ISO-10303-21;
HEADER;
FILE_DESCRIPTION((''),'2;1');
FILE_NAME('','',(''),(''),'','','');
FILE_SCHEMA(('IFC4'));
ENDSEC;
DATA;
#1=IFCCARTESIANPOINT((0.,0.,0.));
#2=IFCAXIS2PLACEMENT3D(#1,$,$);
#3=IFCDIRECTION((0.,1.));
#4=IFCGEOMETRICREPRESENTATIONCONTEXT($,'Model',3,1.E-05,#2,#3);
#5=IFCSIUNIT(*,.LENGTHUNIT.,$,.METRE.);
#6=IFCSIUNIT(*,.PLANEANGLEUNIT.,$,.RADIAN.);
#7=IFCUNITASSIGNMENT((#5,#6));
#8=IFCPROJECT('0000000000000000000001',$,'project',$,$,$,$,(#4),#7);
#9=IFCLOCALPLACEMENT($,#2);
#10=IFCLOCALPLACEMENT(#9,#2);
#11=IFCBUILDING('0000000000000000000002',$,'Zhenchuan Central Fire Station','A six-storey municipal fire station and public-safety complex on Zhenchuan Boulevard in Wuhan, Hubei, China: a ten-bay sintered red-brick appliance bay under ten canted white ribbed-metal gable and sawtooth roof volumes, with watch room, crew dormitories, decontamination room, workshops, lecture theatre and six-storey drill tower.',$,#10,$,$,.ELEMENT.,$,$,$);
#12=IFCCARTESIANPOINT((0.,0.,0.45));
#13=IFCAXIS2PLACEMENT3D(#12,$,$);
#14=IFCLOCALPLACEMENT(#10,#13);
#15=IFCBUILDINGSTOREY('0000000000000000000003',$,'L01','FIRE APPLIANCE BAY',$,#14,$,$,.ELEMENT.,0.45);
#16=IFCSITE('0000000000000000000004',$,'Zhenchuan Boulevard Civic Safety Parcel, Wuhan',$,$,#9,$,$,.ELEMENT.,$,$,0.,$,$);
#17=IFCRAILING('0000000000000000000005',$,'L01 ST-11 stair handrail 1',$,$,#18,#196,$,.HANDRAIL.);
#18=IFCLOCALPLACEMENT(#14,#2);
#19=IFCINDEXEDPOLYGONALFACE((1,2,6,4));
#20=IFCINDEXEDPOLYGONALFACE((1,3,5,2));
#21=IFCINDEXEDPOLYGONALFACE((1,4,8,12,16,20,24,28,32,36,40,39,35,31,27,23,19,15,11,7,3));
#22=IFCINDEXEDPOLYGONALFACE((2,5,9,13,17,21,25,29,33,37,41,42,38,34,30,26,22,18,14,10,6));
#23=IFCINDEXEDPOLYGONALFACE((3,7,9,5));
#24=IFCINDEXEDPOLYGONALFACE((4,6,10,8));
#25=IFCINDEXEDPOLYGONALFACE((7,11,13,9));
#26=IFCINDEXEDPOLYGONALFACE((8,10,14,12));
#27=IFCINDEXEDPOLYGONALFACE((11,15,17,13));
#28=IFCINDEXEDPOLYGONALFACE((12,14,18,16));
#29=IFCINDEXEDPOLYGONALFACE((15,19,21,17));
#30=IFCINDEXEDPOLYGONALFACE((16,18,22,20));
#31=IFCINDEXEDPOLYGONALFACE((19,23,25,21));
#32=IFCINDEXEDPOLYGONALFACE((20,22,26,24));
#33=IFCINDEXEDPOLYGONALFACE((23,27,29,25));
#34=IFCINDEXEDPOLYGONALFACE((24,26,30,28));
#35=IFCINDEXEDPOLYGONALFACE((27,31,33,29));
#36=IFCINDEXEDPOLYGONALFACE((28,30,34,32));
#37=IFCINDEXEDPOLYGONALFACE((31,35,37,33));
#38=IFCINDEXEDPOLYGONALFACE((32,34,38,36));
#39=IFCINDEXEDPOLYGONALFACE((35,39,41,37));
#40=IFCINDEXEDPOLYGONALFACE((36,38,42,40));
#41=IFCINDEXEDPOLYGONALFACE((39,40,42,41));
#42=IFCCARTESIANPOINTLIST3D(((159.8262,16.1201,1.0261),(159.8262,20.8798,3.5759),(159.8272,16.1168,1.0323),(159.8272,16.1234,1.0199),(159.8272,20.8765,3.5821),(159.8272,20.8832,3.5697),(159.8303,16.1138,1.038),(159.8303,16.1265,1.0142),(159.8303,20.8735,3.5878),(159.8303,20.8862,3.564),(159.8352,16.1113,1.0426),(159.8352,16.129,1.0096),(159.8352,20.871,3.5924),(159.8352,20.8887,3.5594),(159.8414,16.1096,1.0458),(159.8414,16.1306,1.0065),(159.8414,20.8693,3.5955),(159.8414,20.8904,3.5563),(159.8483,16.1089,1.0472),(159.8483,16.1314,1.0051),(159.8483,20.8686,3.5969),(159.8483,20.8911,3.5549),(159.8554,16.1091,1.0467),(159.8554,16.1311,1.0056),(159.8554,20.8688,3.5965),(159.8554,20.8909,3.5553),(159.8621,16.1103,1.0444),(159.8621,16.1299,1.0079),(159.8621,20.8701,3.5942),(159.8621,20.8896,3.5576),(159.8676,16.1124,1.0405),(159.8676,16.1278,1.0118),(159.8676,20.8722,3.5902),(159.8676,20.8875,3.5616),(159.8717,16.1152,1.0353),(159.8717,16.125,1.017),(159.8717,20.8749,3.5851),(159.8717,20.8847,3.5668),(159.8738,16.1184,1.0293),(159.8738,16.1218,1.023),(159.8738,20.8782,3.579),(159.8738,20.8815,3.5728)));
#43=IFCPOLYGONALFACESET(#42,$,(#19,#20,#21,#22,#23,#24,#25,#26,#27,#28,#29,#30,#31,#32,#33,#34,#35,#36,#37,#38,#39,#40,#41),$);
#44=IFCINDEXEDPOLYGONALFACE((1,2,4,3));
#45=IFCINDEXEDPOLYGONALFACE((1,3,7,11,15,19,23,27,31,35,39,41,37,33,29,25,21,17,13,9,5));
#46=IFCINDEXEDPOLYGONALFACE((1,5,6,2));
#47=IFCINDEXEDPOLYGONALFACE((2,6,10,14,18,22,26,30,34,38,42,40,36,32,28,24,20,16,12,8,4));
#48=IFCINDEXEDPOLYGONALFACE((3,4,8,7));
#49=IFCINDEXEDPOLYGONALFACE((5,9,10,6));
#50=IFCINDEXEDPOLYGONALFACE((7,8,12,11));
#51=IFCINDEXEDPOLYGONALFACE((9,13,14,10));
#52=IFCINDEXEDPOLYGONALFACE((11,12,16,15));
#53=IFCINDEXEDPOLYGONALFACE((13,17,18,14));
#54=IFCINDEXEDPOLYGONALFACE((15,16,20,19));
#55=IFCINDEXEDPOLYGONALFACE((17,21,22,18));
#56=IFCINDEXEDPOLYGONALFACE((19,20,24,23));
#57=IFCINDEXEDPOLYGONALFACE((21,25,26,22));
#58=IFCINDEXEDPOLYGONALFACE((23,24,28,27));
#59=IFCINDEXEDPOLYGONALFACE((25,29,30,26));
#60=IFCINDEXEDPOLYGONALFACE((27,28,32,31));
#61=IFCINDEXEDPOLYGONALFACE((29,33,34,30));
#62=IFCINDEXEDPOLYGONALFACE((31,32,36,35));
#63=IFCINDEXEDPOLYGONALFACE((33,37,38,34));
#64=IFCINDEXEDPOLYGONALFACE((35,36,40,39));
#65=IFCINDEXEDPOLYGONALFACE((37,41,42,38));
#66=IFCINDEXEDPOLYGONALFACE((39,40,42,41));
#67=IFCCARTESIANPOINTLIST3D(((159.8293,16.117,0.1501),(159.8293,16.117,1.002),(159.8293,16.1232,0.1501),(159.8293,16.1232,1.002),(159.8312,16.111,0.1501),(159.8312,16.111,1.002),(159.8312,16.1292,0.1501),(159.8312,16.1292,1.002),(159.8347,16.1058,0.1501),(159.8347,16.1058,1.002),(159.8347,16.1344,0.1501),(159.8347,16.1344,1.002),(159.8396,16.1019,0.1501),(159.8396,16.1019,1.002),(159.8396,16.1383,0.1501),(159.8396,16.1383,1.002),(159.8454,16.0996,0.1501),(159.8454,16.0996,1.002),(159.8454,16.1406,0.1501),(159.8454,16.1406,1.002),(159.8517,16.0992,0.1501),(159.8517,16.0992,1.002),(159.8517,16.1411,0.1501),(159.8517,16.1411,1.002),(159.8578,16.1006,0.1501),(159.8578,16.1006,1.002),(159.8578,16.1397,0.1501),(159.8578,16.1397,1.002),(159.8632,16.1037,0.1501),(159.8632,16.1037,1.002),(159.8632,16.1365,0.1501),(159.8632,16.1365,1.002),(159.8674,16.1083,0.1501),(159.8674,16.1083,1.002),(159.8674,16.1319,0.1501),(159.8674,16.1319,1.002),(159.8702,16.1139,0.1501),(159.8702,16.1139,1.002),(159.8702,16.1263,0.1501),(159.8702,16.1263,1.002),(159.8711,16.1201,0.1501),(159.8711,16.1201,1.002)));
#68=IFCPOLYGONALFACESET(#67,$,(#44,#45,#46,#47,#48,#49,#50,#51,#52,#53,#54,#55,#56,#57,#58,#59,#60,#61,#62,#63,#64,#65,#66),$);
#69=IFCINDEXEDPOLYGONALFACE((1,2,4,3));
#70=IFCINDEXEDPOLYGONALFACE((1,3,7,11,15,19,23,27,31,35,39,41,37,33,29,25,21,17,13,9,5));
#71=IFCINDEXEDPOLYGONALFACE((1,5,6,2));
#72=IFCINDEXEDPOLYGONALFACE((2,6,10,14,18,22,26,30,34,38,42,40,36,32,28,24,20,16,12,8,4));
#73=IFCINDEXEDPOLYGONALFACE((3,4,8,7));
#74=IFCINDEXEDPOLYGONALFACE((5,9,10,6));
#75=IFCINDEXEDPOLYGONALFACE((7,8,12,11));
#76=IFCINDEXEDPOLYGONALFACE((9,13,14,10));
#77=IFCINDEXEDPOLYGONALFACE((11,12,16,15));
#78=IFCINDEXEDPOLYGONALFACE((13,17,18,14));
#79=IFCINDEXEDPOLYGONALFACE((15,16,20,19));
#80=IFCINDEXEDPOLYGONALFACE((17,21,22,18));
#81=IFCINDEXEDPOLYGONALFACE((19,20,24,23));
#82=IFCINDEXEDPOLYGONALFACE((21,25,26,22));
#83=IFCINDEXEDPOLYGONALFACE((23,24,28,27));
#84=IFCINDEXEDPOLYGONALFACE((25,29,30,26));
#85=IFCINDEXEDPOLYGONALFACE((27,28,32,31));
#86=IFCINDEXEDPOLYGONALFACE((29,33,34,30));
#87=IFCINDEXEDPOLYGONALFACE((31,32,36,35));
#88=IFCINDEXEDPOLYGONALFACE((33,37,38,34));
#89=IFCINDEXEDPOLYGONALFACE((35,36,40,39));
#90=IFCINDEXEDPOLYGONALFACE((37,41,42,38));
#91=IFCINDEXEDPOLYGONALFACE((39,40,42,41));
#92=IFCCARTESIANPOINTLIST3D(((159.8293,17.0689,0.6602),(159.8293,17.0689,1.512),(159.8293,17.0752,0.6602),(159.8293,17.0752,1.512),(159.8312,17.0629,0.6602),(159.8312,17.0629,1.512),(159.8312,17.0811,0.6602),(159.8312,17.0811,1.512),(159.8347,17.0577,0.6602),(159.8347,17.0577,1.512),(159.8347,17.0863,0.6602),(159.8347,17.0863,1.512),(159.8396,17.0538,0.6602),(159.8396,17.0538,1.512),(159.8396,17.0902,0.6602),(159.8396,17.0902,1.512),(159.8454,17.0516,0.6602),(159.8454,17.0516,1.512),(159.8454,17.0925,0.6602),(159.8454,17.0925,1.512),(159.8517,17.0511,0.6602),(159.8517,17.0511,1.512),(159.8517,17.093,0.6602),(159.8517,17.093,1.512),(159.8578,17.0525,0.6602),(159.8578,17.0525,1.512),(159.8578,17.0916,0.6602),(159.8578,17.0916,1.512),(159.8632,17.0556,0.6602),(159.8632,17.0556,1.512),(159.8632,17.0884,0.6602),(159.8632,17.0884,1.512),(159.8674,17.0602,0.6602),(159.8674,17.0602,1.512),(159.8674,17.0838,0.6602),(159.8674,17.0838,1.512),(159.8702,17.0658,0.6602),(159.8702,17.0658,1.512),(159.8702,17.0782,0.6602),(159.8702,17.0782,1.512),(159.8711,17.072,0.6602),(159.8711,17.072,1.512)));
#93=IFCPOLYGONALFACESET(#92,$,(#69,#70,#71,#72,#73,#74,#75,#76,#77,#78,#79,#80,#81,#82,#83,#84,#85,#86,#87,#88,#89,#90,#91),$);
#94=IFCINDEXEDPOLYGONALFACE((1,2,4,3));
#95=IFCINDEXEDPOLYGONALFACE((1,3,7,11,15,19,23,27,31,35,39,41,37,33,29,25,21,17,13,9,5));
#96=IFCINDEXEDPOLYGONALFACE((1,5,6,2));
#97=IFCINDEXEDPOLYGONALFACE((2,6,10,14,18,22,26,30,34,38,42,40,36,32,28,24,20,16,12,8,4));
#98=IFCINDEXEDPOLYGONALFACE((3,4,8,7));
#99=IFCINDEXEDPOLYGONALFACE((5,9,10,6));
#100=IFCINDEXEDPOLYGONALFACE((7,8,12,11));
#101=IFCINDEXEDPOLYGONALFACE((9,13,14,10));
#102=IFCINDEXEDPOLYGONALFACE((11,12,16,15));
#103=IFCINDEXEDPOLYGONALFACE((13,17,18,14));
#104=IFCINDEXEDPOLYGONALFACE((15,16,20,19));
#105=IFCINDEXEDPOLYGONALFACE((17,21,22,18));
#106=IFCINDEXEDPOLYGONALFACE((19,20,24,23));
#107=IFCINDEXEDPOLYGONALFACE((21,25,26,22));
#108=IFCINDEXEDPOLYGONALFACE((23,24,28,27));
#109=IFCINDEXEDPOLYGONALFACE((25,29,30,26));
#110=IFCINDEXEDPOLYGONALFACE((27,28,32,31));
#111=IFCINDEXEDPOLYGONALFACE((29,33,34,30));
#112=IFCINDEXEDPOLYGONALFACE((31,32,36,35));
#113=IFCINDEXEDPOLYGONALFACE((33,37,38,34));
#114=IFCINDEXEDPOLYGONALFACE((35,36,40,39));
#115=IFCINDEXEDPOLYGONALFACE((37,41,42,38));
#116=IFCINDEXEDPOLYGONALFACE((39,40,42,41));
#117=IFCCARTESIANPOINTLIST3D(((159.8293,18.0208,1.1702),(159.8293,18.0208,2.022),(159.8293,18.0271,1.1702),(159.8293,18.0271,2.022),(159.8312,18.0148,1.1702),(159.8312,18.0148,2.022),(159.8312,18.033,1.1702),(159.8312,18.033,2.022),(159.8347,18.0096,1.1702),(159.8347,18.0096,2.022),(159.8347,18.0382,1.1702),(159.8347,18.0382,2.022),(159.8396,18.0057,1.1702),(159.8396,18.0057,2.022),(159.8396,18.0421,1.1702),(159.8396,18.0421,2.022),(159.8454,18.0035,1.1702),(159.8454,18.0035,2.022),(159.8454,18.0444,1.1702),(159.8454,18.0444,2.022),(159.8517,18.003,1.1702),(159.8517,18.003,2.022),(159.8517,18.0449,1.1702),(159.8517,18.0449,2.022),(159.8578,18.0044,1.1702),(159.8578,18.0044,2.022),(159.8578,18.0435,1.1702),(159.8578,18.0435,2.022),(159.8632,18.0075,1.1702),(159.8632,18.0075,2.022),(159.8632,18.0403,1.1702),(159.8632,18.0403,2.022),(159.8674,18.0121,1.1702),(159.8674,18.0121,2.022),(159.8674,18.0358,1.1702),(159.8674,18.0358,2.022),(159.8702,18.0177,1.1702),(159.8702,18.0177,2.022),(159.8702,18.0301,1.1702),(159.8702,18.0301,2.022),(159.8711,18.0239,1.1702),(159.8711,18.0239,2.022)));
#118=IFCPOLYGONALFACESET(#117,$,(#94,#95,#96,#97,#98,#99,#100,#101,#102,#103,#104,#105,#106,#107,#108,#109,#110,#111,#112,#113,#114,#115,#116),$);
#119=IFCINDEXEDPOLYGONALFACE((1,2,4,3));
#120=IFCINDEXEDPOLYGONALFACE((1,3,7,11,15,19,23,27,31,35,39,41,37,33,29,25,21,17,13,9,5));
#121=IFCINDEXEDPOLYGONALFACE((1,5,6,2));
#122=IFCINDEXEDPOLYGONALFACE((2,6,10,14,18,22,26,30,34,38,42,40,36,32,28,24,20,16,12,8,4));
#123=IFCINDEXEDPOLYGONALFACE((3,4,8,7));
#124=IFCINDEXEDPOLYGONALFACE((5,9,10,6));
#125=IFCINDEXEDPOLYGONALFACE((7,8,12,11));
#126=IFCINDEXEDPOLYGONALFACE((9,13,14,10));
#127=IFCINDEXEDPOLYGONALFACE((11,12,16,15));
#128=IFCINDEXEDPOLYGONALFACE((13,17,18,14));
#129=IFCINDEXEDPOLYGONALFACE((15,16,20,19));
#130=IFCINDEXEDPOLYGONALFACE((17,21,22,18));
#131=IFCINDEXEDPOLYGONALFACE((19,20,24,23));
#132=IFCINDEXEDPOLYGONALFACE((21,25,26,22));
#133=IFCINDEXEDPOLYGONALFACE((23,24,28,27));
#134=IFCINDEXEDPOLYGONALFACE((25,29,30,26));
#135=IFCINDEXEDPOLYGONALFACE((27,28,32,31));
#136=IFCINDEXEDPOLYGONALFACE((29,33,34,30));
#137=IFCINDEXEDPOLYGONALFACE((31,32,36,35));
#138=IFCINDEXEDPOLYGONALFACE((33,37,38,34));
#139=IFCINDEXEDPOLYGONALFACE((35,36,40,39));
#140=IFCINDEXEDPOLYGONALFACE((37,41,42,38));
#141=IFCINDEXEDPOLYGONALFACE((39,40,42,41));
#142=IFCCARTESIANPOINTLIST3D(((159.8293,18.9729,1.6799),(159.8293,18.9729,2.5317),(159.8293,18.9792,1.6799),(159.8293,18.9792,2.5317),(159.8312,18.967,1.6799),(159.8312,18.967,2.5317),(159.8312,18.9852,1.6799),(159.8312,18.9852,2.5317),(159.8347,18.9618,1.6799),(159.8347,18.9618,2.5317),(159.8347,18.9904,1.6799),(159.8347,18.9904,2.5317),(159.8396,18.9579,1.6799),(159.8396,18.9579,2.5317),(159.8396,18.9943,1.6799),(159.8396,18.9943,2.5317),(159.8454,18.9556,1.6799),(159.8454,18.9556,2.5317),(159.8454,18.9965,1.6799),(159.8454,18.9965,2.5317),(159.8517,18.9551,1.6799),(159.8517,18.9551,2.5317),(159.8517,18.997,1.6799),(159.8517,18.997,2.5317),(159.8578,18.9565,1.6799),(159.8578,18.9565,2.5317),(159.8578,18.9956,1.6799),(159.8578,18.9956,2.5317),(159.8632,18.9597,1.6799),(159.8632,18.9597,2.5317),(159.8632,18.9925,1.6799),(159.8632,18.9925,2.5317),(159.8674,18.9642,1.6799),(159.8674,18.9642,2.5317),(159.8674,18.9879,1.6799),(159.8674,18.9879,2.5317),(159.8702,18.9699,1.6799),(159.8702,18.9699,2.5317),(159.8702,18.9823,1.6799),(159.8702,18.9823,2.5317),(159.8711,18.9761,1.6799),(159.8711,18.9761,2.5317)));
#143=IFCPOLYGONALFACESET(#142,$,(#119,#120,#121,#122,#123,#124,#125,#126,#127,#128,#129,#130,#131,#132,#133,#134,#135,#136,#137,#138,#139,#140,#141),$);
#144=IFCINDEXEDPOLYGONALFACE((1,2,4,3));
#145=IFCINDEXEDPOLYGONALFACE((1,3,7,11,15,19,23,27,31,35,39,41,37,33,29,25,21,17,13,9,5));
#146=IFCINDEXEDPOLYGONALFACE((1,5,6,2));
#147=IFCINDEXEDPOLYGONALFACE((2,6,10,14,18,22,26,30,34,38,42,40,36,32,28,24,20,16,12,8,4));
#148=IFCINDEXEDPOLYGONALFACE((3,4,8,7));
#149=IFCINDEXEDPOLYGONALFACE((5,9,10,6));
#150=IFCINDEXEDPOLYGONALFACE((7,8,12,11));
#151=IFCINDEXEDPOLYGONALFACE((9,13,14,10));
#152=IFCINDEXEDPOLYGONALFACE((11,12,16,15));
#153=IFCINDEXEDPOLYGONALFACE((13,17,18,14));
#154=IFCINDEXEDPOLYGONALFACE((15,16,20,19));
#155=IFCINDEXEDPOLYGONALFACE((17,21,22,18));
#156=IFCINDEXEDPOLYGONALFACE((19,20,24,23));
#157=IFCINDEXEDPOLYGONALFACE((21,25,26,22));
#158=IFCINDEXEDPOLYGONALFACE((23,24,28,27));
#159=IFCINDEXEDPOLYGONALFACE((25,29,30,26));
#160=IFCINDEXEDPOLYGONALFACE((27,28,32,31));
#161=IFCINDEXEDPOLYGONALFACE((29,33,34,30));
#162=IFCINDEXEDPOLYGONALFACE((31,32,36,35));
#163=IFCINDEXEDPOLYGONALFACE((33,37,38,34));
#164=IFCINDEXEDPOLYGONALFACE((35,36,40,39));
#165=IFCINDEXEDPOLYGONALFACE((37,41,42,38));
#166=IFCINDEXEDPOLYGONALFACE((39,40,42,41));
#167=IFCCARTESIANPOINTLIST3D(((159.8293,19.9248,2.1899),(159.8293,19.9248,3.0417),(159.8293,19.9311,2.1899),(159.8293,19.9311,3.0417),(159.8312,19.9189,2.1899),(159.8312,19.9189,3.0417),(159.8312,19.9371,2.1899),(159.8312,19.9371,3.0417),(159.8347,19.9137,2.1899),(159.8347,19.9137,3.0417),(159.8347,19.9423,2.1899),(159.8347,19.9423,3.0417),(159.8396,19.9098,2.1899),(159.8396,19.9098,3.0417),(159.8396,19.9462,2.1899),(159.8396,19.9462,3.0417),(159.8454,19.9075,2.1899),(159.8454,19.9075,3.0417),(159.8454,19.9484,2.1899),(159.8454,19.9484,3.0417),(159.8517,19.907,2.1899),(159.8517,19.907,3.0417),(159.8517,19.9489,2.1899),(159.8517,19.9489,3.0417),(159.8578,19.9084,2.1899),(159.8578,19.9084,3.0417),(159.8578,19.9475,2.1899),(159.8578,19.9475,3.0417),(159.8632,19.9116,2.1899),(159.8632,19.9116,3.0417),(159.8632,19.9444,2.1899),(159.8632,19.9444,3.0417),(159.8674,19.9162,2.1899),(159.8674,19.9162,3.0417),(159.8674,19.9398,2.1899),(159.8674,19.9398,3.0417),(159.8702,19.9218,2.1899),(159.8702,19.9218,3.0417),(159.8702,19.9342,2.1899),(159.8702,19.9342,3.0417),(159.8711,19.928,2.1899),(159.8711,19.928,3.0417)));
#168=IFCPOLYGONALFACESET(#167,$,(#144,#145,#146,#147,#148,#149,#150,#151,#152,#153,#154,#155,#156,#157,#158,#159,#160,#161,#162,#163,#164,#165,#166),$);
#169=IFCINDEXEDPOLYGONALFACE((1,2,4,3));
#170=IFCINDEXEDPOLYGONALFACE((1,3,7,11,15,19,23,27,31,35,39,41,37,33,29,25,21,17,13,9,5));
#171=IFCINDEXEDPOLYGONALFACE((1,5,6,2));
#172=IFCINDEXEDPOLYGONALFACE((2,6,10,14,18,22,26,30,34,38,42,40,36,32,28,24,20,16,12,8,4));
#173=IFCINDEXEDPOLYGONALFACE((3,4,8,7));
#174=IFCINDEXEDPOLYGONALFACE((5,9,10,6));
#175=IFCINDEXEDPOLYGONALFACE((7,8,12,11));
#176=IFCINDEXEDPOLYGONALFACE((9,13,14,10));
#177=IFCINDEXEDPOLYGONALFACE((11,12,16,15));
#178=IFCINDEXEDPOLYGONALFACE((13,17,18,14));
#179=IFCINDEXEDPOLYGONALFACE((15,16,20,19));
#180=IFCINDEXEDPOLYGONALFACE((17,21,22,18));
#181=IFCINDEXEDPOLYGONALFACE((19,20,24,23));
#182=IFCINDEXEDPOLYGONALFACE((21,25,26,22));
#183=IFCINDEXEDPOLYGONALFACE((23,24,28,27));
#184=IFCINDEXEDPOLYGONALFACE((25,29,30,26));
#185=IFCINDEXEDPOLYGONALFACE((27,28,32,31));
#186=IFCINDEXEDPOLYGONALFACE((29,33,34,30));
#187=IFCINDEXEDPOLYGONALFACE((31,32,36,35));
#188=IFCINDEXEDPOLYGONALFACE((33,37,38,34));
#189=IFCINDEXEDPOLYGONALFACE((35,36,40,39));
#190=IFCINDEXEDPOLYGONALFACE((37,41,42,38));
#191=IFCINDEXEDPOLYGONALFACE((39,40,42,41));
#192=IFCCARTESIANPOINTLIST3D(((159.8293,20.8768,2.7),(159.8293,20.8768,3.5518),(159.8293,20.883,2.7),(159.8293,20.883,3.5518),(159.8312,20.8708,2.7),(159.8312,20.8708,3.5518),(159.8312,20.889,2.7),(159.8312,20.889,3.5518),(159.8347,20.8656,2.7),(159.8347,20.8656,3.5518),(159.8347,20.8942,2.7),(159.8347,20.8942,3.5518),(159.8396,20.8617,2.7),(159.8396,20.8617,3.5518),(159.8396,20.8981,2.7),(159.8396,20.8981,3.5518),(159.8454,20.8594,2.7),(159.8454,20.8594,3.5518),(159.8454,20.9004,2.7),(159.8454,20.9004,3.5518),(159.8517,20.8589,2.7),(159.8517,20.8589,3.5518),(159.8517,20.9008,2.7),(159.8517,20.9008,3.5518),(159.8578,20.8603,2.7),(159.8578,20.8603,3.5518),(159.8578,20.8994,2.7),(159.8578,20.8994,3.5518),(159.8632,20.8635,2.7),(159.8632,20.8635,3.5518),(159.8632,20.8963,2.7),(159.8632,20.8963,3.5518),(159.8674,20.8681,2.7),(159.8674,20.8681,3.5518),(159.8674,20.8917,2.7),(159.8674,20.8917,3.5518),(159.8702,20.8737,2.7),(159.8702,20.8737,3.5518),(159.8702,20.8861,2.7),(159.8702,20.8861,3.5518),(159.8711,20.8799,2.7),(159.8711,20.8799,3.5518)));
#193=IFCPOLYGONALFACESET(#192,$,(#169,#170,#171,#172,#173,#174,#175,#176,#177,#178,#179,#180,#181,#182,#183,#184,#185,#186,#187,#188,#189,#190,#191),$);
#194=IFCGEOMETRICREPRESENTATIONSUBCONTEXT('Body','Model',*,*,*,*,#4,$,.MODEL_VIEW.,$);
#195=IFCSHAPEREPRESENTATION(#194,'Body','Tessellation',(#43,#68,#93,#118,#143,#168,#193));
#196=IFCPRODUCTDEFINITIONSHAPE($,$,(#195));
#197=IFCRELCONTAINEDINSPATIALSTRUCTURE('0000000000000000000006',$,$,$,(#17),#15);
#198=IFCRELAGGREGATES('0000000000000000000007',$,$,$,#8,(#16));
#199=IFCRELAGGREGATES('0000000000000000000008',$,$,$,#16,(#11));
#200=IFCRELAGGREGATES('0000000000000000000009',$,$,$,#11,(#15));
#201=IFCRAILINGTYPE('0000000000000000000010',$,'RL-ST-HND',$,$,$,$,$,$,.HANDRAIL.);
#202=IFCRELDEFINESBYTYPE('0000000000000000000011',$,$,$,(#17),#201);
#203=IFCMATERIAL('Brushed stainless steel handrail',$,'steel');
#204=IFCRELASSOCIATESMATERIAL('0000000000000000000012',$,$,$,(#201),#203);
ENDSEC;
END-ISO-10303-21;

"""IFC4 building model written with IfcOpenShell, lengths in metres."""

from ifc_helpers import new_model, si_unit, direction, frame, origin, origin_2d, place, context, subcontext, project, spatial, circle, extrude, material, type_object, element, save


model = new_model("IFC4")

# Units and contexts
model_context = context("Model", 3, precision=1e-05, world=origin(), true_north=direction((0.0, 1.0)))
body_context = subcontext(model_context, "Body", "Model", "MODEL_VIEW")
ifc_project = project(units=[si_unit("LENGTHUNIT", "METRE"), si_unit("PLANEANGLEUNIT", "RADIAN")], contexts=[model_context])

# Site, building, storey
site_placement = place(None, origin())
site = spatial("IfcSite", under=ifc_project, at=site_placement, Name="Zhenchuan Boulevard Civic Safety Parcel, Wuhan", CompositionType="ELEMENT", RefElevation=0.0)
building_placement = place(site_placement, origin())
building = spatial("IfcBuilding", under=site, at=building_placement, Name="Zhenchuan Central Fire Station", Description="A six-storey municipal fire station and public-safety complex on Zhenchuan Boulevard in Wuhan, Hubei, China: a ten-bay sintered red-brick appliance bay under ten canted white ribbed-metal gable and sawtooth roof volumes, with watch room, crew dormitories, decontamination room, workshops, lecture theatre and six-storey drill tower.", CompositionType="ELEMENT")
storey_placement = place(building_placement, frame((0.0, 0.0, 0.45)))
storey = spatial("IfcBuildingStorey", under=building, at=storey_placement, Name="L01", Description="FIRE APPLIANCE BAY", CompositionType="ELEMENT", Elevation=0.45)

# Railing
ifc_material_1 = material(Name="Brushed stainless steel handrail", Category="steel")
railing_type_1 = type_object("IfcRailingType", Name="RL-ST-HND", PredefinedType="HANDRAIL", material=ifc_material_1)
railing_1_placement = place(storey_placement, frame((159.8501, 16.1201, 0.1501)))
element("IfcRailing", 1, at=railing_1_placement, inside=storey, type_object=railing_type_1, Name="L01 ST-11 stair handrail 1", PredefinedType="HANDRAIL", context=body_context, shape_type="SweptSolid", body=[
    extrude(circle(Radius=0.0239, at=origin_2d()), frame((0.0, 0.0, 0.876), z_axis=(0.0, 0.881485, 0.472211), x_axis=(-1.0, 0.0, 0.0)), (0.0, 0.0, 1.0), 5.3997),
    extrude(circle(Radius=0.021, at=origin_2d()), origin(), (0.0, 0.0, 1.0), 0.8518),
    extrude(circle(Radius=0.021, at=origin_2d()), frame((0.0, 0.9519, 0.51)), (0.0, 0.0, 1.0), 0.8518),
    extrude(circle(Radius=0.021, at=origin_2d()), frame((0.0, 1.9038, 1.02)), (0.0, 0.0, 1.0), 0.8518),
    extrude(circle(Radius=0.021, at=origin_2d()), frame((0.0, 2.856, 1.5298)), (0.0, 0.0, 1.0), 0.8518),
    extrude(circle(Radius=0.021, at=origin_2d()), frame((0.0, 3.8079, 2.0398)), (0.0, 0.0, 1.0), 0.8518),
    extrude(circle(Radius=0.021, at=origin_2d()), frame((0.0, 4.7598, 2.5498)), (0.0, 0.0, 1.0), 0.8518),
])

save(model, "model.ifc")
